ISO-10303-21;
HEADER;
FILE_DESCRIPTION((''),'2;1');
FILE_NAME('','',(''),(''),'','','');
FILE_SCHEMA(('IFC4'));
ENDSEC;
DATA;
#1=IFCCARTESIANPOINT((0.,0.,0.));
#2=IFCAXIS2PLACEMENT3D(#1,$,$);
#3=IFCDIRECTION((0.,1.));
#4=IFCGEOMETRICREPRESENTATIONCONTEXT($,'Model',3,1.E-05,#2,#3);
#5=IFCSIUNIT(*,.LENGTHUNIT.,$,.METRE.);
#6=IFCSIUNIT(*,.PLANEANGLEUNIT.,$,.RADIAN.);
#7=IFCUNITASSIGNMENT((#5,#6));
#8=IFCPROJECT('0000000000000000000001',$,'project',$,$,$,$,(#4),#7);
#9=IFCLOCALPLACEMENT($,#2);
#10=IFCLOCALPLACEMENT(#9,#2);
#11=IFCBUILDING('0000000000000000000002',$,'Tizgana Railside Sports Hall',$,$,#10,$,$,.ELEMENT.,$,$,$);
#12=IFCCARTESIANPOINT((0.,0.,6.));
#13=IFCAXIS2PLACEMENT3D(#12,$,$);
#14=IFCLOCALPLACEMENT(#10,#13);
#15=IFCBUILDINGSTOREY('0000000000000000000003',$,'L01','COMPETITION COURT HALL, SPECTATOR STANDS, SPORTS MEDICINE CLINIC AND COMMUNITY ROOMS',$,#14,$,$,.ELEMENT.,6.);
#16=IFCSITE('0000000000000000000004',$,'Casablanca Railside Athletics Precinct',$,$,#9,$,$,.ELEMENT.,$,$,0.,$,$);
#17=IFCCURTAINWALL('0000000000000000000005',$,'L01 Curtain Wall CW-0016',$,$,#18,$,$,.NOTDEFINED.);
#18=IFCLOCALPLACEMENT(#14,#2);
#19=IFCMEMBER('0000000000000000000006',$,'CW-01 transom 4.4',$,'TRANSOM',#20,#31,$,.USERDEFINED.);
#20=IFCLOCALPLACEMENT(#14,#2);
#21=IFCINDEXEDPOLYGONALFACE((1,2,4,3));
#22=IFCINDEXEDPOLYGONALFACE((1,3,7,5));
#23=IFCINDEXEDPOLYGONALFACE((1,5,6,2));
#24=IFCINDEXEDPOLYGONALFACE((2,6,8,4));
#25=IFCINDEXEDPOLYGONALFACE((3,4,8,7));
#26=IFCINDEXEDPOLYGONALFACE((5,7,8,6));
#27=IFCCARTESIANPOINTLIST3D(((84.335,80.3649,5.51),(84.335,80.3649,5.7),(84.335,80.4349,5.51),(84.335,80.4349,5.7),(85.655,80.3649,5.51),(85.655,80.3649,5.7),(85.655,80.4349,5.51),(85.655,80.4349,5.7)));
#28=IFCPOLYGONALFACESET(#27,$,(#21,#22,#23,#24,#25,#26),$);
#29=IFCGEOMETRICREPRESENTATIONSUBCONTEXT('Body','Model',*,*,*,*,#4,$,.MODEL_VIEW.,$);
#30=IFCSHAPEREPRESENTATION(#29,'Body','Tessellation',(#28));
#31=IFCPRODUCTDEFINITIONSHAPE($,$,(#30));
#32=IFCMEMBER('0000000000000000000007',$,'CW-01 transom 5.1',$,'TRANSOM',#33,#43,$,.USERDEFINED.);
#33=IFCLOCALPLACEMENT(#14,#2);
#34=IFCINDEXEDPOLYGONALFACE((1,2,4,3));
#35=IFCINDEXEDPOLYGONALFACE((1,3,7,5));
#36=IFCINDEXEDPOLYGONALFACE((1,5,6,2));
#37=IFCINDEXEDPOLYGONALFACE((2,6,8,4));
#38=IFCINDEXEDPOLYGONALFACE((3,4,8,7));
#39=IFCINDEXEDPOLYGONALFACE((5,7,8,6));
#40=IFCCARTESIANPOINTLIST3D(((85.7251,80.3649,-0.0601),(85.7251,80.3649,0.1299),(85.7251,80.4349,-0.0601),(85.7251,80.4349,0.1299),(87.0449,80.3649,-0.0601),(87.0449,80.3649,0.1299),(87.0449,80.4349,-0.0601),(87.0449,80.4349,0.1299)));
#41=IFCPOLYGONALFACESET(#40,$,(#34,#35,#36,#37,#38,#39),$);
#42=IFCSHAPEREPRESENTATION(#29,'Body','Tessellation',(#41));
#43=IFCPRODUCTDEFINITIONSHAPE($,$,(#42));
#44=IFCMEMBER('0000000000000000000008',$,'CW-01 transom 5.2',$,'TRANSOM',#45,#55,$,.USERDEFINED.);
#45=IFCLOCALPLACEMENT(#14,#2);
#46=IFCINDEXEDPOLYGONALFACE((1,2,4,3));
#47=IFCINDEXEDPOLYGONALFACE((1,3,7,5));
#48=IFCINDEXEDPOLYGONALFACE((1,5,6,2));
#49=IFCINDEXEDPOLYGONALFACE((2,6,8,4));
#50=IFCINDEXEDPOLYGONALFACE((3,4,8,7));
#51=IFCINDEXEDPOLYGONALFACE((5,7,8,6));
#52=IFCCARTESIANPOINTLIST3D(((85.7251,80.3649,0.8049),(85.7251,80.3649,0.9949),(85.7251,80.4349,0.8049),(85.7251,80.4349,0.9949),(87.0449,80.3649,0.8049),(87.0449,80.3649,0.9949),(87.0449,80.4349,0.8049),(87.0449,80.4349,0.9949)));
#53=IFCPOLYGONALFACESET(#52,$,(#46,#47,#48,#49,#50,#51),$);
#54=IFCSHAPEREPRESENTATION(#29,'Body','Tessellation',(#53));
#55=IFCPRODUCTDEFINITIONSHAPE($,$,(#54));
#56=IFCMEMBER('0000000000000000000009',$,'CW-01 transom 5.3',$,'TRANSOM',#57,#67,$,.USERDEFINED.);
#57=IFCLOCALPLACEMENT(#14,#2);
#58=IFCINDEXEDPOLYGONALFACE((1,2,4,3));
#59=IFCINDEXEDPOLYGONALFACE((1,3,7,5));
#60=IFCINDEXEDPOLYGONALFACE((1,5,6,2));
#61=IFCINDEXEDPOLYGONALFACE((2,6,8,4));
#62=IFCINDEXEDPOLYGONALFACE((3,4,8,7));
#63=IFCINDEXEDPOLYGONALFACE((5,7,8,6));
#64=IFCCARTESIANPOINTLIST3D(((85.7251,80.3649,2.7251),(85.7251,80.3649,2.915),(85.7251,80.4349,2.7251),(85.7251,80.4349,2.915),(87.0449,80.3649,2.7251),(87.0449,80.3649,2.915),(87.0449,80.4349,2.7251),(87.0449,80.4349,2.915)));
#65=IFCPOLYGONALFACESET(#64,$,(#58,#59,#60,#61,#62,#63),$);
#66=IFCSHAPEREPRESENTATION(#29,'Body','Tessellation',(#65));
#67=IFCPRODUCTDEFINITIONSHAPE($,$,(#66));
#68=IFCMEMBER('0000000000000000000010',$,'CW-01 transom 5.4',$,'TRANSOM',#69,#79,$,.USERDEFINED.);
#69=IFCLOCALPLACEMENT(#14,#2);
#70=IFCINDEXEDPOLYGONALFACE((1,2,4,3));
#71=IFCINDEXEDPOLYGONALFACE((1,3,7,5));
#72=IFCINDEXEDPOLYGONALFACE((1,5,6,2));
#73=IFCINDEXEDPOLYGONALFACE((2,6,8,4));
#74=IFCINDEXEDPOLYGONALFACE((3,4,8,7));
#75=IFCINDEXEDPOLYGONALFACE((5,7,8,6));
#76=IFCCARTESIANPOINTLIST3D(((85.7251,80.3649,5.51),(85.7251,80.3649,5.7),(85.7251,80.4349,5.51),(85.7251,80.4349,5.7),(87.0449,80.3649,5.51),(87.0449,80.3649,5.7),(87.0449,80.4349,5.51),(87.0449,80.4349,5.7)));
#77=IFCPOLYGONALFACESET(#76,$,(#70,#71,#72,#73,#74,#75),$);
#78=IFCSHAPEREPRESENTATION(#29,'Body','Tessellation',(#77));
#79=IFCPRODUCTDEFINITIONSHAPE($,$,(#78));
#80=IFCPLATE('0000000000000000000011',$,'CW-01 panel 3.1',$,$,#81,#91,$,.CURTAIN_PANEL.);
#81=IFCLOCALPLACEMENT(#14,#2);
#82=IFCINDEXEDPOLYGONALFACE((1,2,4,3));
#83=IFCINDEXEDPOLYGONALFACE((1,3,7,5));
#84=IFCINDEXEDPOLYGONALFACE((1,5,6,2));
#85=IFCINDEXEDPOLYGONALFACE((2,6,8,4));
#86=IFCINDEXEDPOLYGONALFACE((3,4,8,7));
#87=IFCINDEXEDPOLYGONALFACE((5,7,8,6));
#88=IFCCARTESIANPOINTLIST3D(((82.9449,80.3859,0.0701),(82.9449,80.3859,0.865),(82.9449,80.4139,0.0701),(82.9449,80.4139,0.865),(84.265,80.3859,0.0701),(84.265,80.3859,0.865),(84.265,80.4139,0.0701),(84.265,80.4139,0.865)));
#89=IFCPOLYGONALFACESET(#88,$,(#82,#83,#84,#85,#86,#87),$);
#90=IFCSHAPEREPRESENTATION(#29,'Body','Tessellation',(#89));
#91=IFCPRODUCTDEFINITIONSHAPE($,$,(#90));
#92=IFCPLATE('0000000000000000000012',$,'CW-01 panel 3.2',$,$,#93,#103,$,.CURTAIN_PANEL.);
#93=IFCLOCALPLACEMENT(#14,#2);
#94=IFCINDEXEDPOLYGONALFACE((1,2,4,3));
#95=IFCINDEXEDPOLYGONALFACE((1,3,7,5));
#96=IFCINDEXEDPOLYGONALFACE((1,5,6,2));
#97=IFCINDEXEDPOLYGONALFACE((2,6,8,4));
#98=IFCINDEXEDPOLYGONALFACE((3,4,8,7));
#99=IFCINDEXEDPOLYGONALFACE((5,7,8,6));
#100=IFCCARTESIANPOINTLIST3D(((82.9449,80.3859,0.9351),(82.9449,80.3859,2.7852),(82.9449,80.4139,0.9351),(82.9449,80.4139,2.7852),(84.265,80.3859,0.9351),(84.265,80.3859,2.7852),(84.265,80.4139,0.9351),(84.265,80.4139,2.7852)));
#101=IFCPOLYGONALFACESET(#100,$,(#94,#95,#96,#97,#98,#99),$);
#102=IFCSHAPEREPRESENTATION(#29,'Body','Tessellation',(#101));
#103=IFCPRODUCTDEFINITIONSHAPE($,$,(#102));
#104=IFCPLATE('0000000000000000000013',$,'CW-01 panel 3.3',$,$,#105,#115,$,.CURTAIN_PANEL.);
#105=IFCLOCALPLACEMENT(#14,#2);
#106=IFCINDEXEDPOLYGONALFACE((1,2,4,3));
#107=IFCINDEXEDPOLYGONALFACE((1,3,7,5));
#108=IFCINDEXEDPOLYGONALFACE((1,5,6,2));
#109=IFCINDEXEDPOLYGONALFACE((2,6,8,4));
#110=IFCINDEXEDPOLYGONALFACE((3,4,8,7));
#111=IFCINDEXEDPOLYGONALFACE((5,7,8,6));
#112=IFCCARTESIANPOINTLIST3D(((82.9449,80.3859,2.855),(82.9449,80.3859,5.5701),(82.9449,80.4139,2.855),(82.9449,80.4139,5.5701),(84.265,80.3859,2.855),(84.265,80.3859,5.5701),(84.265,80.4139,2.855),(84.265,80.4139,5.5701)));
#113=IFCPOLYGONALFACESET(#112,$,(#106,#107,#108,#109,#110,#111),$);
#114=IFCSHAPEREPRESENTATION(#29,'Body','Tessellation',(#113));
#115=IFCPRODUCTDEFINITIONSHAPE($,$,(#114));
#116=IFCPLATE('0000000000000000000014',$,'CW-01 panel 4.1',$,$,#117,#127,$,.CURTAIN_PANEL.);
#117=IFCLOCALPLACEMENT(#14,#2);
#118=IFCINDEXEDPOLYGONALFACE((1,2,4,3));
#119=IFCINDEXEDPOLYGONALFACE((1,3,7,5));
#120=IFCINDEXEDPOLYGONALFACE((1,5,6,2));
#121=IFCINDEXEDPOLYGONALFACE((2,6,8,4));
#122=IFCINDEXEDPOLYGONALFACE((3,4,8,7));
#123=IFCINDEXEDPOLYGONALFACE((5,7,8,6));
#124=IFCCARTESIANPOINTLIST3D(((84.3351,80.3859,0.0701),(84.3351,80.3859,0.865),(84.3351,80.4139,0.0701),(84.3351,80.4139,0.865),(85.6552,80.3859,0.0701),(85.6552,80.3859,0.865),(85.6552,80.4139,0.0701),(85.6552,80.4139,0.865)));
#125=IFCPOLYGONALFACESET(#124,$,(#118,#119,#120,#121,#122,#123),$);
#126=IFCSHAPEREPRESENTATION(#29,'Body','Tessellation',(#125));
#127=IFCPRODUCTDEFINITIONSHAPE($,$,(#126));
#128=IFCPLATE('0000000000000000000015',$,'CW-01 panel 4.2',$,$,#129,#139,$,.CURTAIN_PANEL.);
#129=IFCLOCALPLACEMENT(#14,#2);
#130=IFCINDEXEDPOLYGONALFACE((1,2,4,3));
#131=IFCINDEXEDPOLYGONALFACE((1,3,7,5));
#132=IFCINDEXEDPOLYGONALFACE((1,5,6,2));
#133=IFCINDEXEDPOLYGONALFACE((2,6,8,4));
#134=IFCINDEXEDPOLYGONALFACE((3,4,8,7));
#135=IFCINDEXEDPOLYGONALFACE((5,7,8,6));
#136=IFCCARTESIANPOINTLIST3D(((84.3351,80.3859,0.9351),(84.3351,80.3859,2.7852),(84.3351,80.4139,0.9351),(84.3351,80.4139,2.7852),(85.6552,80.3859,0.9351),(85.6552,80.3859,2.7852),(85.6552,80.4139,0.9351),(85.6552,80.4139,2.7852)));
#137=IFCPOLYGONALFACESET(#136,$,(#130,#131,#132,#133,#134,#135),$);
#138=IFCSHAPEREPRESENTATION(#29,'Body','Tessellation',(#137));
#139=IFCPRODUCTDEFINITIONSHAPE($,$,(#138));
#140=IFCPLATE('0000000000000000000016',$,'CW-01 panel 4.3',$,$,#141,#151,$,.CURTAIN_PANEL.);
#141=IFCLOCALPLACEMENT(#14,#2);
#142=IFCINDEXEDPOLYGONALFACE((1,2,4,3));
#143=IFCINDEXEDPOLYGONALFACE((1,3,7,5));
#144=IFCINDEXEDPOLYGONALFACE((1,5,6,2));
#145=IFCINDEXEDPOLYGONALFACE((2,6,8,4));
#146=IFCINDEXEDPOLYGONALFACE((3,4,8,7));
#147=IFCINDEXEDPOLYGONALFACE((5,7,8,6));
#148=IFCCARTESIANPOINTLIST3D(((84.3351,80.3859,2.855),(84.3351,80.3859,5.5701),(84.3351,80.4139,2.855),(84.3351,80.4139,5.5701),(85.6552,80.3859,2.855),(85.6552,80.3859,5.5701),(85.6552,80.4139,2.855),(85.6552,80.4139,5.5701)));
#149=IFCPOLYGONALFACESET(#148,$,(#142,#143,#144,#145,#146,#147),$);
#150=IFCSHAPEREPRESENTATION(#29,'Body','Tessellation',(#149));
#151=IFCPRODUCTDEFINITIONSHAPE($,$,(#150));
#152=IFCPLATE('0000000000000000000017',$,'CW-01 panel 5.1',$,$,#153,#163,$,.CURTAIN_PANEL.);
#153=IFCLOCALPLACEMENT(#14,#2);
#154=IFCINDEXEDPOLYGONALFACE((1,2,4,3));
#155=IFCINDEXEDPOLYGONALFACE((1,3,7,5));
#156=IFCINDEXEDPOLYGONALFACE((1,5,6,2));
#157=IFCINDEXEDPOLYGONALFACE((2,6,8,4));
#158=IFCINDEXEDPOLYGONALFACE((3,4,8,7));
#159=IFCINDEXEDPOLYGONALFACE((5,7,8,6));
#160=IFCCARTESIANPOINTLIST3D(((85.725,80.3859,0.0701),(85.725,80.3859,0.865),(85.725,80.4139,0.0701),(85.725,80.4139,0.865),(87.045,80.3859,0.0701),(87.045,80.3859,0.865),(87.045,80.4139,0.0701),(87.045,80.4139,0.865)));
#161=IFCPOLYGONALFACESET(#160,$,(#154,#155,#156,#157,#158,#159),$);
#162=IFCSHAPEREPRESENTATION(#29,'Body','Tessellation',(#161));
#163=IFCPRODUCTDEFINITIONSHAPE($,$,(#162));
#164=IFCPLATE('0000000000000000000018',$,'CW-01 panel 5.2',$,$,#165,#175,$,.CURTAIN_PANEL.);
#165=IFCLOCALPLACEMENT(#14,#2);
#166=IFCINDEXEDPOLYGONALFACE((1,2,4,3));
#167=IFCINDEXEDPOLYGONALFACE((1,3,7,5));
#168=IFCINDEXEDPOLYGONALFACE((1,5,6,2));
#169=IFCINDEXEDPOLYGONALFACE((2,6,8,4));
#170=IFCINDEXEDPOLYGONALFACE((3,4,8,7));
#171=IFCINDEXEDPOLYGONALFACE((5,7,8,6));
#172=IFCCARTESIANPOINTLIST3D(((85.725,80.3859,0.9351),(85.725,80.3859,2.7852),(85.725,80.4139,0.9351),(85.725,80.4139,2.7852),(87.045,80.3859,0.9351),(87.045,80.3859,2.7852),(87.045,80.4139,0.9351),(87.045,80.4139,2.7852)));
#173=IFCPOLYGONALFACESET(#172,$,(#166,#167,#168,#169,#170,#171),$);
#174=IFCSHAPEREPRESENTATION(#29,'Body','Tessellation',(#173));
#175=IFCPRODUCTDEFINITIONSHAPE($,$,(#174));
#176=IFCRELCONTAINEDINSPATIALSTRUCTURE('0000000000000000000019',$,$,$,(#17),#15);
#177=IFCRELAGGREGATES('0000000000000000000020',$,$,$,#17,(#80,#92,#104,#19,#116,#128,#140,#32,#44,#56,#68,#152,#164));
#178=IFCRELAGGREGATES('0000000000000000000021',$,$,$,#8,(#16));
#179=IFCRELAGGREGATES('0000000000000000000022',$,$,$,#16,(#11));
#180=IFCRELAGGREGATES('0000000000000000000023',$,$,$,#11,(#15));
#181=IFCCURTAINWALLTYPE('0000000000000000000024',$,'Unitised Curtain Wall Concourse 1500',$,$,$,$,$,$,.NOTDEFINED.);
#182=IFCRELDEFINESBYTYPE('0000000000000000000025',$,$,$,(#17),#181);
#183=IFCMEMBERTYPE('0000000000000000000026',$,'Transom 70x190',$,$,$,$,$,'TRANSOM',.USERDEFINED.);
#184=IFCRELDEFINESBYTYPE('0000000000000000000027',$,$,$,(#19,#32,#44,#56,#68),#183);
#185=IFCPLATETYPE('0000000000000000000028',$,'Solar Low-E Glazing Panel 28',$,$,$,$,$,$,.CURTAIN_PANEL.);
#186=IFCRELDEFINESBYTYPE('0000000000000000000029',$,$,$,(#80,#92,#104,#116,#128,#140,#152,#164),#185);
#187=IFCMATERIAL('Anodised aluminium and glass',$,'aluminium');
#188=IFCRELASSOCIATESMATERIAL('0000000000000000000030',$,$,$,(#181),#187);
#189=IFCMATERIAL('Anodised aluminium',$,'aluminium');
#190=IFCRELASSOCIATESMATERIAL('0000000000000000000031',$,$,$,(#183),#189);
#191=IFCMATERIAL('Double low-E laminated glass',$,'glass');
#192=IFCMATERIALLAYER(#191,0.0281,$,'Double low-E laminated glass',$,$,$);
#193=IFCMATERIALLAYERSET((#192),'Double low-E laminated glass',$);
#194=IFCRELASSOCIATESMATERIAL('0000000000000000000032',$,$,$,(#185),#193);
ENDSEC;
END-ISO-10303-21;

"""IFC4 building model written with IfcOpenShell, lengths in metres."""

from ifc_helpers import new_model, si_unit, direction, frame, origin, origin_2d, place, context, subcontext, project, spatial, rectangle, extrude, material, layer, layer_set, material_profile, profile_set, type_object, element, aggregate, save


model = new_model("IFC4")

# Units and contexts
model_context = context("Model", 3, precision=1e-05, world=origin(), true_north=direction((0.0, 1.0)))
body_context = subcontext(model_context, "Body", "Model", "MODEL_VIEW")
ifc_project = project(units=[si_unit("LENGTHUNIT", "METRE"), si_unit("PLANEANGLEUNIT", "RADIAN")], contexts=[model_context])

# Site, building, storey
site_placement = place(None, origin())
site = spatial("IfcSite", under=ifc_project, at=site_placement, Name="Casablanca Railside Athletics Precinct", CompositionType="ELEMENT", RefElevation=0.0)
building_placement = place(site_placement, origin())
building = spatial("IfcBuilding", under=site, at=building_placement, Name="Tizgana Railside Sports Hall", CompositionType="ELEMENT")
storey_placement = place(building_placement, frame((0.0, 0.0, 6.0)))
storey = spatial("IfcBuildingStorey", under=building, at=storey_placement, Name="L01", Description="COMPETITION COURT HALL, SPECTATOR STANDS, SPORTS MEDICINE CLINIC AND COMMUNITY ROOMS", CompositionType="ELEMENT", Elevation=6.0)

# Curtain wall
ifc_material_1 = material(Name="Anodised aluminium and glass", Category="aluminium")
curtain_wall_type = type_object("IfcCurtainWallType", Name="Unitised Curtain Wall Concourse 1500", PredefinedType="NOTDEFINED", material=ifc_material_1)
curtain_wall_placement = place(storey_placement, origin())
curtain_wall = element("IfcCurtainWall", 1, at=curtain_wall_placement, inside=storey, type_object=curtain_wall_type, Name="L01 Curtain Wall CW-0016", PredefinedType="NOTDEFINED")
ifc_material_2 = material(Name="Anodised aluminium", Category="aluminium")

# Members
ifc_material_profile_1 = material_profile(ifc_material_2, rectangle(XDim=0.0701, YDim=0.1899, at=origin_2d()), Name="Transom 70x190")
ifc_profile_set_1 = profile_set([ifc_material_profile_1], Name="Anodised aluminium")
member_type_1 = type_object("IfcMemberType", Name="Transom 70x190", ElementType="TRANSOM", PredefinedType="USERDEFINED", material=ifc_profile_set_1)
member_1_placement = place(storey_placement, frame((84.335, 80.3999, 5.605), z_axis=(1.0, 0.0, 0.0), x_axis=(0.0, 1.0, 0.0)))
member_1 = element("IfcMember", 2, at=member_1_placement, type_object=member_type_1, Name="CW-01 transom 4.4", ObjectType="TRANSOM", PredefinedType="USERDEFINED", context=body_context, shape_type="SweptSolid", body=[
    extrude(rectangle(XDim=0.0701, YDim=0.1899, at=origin_2d()), origin(), (0.0, 0.0, 1.0), 1.3201),
])
member_2_placement = place(storey_placement, frame((85.7251, 80.3999, 0.0349), z_axis=(1.0, 0.0, 0.0), x_axis=(0.0, 1.0, 0.0)))
member_2 = element("IfcMember", 3, at=member_2_placement, type_object=member_type_1, Name="CW-01 transom 5.1", ObjectType="TRANSOM", PredefinedType="USERDEFINED", context=body_context, shape_type="SweptSolid", body=[
    extrude(rectangle(XDim=0.0701, YDim=0.1899, at=origin_2d()), origin(), (0.0, 0.0, 1.0), 1.3198),
])
member_3_placement = place(storey_placement, frame((85.7251, 80.3999, 0.8999), z_axis=(1.0, 0.0, 0.0), x_axis=(0.0, 1.0, 0.0)))
member_3 = element("IfcMember", 4, at=member_3_placement, type_object=member_type_1, Name="CW-01 transom 5.2", ObjectType="TRANSOM", PredefinedType="USERDEFINED", context=body_context, shape_type="SweptSolid", body=[
    extrude(rectangle(XDim=0.0701, YDim=0.1899, at=origin_2d()), origin(), (0.0, 0.0, 1.0), 1.3198),
])
member_4_placement = place(storey_placement, frame((85.7251, 80.3999, 2.8201), z_axis=(1.0, 0.0, 0.0), x_axis=(0.0, 1.0, 0.0)))
member_4 = element("IfcMember", 5, at=member_4_placement, type_object=member_type_1, Name="CW-01 transom 5.3", ObjectType="TRANSOM", PredefinedType="USERDEFINED", context=body_context, shape_type="SweptSolid", body=[
    extrude(rectangle(XDim=0.0701, YDim=0.1899, at=origin_2d()), origin(), (0.0, 0.0, 1.0), 1.3198),
])
member_5_placement = place(storey_placement, frame((85.7251, 80.3999, 5.605), z_axis=(1.0, 0.0, 0.0), x_axis=(0.0, 1.0, 0.0)))
member_5 = element("IfcMember", 6, at=member_5_placement, type_object=member_type_1, Name="CW-01 transom 5.4", ObjectType="TRANSOM", PredefinedType="USERDEFINED", context=body_context, shape_type="SweptSolid", body=[
    extrude(rectangle(XDim=0.0701, YDim=0.1899, at=origin_2d()), origin(), (0.0, 0.0, 1.0), 1.3198),
])

# Plates
ifc_material_3 = material(Name="Double low-E laminated glass", Category="glass")
ifc_layer = layer(ifc_material_3, 0.0281, Name="Double low-E laminated glass")
ifc_layer_set = layer_set([ifc_layer], Name="Double low-E laminated glass")
plate_type = type_object("IfcPlateType", Name="Solar Low-E Glazing Panel 28", PredefinedType="CURTAIN_PANEL", material=ifc_layer_set)
plate_1_placement = place(storey_placement, frame((83.605, 80.3999, 0.0701), z_axis=(0.0, 0.0, 1.0), x_axis=(1.0, 0.0, 0.0)))
plate_1 = element("IfcPlate", 7, at=plate_1_placement, type_object=plate_type, Name="CW-01 panel 3.1", PredefinedType="CURTAIN_PANEL", context=body_context, shape_type="SweptSolid", body=[
    extrude(rectangle(XDim=1.3201, YDim=0.0281, at=origin_2d()), origin(), (0.0, 0.0, 1.0), 0.7949),
])
plate_2_placement = place(storey_placement, frame((83.605, 80.3999, 0.9351), z_axis=(0.0, 0.0, 1.0), x_axis=(1.0, 0.0, 0.0)))
plate_2 = element("IfcPlate", 8, at=plate_2_placement, type_object=plate_type, Name="CW-01 panel 3.2", PredefinedType="CURTAIN_PANEL", context=body_context, shape_type="SweptSolid", body=[
    extrude(rectangle(XDim=1.3201, YDim=0.0281, at=origin_2d()), origin(), (0.0, 0.0, 1.0), 1.8501),
])
plate_3_placement = place(storey_placement, frame((83.605, 80.3999, 2.855), z_axis=(0.0, 0.0, 1.0), x_axis=(1.0, 0.0, 0.0)))
plate_3 = element("IfcPlate", 9, at=plate_3_placement, type_object=plate_type, Name="CW-01 panel 3.3", PredefinedType="CURTAIN_PANEL", context=body_context, shape_type="SweptSolid", body=[
    extrude(rectangle(XDim=1.3201, YDim=0.0281, at=origin_2d()), origin(), (0.0, 0.0, 1.0), 2.7151),
])
plate_4_placement = place(storey_placement, frame((84.9951, 80.3999, 0.0701), z_axis=(0.0, 0.0, 1.0), x_axis=(1.0, 0.0, 0.0)))
plate_4 = element("IfcPlate", 10, at=plate_4_placement, type_object=plate_type, Name="CW-01 panel 4.1", PredefinedType="CURTAIN_PANEL", context=body_context, shape_type="SweptSolid", body=[
    extrude(rectangle(XDim=1.3201, YDim=0.0281, at=origin_2d()), origin(), (0.0, 0.0, 1.0), 0.7949),
])
plate_5_placement = place(storey_placement, frame((84.9951, 80.3999, 0.9351), z_axis=(0.0, 0.0, 1.0), x_axis=(1.0, 0.0, 0.0)))
plate_5 = element("IfcPlate", 11, at=plate_5_placement, type_object=plate_type, Name="CW-01 panel 4.2", PredefinedType="CURTAIN_PANEL", context=body_context, shape_type="SweptSolid", body=[
    extrude(rectangle(XDim=1.3201, YDim=0.0281, at=origin_2d()), origin(), (0.0, 0.0, 1.0), 1.8501),
])
plate_6_placement = place(storey_placement, frame((84.9951, 80.3999, 2.855), z_axis=(0.0, 0.0, 1.0), x_axis=(1.0, 0.0, 0.0)))
plate_6 = element("IfcPlate", 12, at=plate_6_placement, type_object=plate_type, Name="CW-01 panel 4.3", PredefinedType="CURTAIN_PANEL", context=body_context, shape_type="SweptSolid", body=[
    extrude(rectangle(XDim=1.3201, YDim=0.0281, at=origin_2d()), origin(), (0.0, 0.0, 1.0), 2.7151),
])
plate_7_placement = place(storey_placement, frame((86.385, 80.3999, 0.0701), z_axis=(0.0, 0.0, 1.0), x_axis=(1.0, 0.0, 0.0)))
plate_7 = element("IfcPlate", 13, at=plate_7_placement, type_object=plate_type, Name="CW-01 panel 5.1", PredefinedType="CURTAIN_PANEL", context=body_context, shape_type="SweptSolid", body=[
    extrude(rectangle(XDim=1.3201, YDim=0.0281, at=origin_2d()), origin(), (0.0, 0.0, 1.0), 0.7949),
])
plate_8_placement = place(storey_placement, frame((86.385, 80.3999, 0.9351), z_axis=(0.0, 0.0, 1.0), x_axis=(1.0, 0.0, 0.0)))
plate_8 = element("IfcPlate", 14, at=plate_8_placement, type_object=plate_type, Name="CW-01 panel 5.2", PredefinedType="CURTAIN_PANEL", context=body_context, shape_type="SweptSolid", body=[
    extrude(rectangle(XDim=1.3201, YDim=0.0281, at=origin_2d()), origin(), (0.0, 0.0, 1.0), 1.8501),
])
aggregate(curtain_wall, [plate_1, plate_2, plate_3, member_1, plate_4, plate_5, plate_6, member_2, member_3, member_4, member_5, plate_7, plate_8])

save(model, "model.ifc")
